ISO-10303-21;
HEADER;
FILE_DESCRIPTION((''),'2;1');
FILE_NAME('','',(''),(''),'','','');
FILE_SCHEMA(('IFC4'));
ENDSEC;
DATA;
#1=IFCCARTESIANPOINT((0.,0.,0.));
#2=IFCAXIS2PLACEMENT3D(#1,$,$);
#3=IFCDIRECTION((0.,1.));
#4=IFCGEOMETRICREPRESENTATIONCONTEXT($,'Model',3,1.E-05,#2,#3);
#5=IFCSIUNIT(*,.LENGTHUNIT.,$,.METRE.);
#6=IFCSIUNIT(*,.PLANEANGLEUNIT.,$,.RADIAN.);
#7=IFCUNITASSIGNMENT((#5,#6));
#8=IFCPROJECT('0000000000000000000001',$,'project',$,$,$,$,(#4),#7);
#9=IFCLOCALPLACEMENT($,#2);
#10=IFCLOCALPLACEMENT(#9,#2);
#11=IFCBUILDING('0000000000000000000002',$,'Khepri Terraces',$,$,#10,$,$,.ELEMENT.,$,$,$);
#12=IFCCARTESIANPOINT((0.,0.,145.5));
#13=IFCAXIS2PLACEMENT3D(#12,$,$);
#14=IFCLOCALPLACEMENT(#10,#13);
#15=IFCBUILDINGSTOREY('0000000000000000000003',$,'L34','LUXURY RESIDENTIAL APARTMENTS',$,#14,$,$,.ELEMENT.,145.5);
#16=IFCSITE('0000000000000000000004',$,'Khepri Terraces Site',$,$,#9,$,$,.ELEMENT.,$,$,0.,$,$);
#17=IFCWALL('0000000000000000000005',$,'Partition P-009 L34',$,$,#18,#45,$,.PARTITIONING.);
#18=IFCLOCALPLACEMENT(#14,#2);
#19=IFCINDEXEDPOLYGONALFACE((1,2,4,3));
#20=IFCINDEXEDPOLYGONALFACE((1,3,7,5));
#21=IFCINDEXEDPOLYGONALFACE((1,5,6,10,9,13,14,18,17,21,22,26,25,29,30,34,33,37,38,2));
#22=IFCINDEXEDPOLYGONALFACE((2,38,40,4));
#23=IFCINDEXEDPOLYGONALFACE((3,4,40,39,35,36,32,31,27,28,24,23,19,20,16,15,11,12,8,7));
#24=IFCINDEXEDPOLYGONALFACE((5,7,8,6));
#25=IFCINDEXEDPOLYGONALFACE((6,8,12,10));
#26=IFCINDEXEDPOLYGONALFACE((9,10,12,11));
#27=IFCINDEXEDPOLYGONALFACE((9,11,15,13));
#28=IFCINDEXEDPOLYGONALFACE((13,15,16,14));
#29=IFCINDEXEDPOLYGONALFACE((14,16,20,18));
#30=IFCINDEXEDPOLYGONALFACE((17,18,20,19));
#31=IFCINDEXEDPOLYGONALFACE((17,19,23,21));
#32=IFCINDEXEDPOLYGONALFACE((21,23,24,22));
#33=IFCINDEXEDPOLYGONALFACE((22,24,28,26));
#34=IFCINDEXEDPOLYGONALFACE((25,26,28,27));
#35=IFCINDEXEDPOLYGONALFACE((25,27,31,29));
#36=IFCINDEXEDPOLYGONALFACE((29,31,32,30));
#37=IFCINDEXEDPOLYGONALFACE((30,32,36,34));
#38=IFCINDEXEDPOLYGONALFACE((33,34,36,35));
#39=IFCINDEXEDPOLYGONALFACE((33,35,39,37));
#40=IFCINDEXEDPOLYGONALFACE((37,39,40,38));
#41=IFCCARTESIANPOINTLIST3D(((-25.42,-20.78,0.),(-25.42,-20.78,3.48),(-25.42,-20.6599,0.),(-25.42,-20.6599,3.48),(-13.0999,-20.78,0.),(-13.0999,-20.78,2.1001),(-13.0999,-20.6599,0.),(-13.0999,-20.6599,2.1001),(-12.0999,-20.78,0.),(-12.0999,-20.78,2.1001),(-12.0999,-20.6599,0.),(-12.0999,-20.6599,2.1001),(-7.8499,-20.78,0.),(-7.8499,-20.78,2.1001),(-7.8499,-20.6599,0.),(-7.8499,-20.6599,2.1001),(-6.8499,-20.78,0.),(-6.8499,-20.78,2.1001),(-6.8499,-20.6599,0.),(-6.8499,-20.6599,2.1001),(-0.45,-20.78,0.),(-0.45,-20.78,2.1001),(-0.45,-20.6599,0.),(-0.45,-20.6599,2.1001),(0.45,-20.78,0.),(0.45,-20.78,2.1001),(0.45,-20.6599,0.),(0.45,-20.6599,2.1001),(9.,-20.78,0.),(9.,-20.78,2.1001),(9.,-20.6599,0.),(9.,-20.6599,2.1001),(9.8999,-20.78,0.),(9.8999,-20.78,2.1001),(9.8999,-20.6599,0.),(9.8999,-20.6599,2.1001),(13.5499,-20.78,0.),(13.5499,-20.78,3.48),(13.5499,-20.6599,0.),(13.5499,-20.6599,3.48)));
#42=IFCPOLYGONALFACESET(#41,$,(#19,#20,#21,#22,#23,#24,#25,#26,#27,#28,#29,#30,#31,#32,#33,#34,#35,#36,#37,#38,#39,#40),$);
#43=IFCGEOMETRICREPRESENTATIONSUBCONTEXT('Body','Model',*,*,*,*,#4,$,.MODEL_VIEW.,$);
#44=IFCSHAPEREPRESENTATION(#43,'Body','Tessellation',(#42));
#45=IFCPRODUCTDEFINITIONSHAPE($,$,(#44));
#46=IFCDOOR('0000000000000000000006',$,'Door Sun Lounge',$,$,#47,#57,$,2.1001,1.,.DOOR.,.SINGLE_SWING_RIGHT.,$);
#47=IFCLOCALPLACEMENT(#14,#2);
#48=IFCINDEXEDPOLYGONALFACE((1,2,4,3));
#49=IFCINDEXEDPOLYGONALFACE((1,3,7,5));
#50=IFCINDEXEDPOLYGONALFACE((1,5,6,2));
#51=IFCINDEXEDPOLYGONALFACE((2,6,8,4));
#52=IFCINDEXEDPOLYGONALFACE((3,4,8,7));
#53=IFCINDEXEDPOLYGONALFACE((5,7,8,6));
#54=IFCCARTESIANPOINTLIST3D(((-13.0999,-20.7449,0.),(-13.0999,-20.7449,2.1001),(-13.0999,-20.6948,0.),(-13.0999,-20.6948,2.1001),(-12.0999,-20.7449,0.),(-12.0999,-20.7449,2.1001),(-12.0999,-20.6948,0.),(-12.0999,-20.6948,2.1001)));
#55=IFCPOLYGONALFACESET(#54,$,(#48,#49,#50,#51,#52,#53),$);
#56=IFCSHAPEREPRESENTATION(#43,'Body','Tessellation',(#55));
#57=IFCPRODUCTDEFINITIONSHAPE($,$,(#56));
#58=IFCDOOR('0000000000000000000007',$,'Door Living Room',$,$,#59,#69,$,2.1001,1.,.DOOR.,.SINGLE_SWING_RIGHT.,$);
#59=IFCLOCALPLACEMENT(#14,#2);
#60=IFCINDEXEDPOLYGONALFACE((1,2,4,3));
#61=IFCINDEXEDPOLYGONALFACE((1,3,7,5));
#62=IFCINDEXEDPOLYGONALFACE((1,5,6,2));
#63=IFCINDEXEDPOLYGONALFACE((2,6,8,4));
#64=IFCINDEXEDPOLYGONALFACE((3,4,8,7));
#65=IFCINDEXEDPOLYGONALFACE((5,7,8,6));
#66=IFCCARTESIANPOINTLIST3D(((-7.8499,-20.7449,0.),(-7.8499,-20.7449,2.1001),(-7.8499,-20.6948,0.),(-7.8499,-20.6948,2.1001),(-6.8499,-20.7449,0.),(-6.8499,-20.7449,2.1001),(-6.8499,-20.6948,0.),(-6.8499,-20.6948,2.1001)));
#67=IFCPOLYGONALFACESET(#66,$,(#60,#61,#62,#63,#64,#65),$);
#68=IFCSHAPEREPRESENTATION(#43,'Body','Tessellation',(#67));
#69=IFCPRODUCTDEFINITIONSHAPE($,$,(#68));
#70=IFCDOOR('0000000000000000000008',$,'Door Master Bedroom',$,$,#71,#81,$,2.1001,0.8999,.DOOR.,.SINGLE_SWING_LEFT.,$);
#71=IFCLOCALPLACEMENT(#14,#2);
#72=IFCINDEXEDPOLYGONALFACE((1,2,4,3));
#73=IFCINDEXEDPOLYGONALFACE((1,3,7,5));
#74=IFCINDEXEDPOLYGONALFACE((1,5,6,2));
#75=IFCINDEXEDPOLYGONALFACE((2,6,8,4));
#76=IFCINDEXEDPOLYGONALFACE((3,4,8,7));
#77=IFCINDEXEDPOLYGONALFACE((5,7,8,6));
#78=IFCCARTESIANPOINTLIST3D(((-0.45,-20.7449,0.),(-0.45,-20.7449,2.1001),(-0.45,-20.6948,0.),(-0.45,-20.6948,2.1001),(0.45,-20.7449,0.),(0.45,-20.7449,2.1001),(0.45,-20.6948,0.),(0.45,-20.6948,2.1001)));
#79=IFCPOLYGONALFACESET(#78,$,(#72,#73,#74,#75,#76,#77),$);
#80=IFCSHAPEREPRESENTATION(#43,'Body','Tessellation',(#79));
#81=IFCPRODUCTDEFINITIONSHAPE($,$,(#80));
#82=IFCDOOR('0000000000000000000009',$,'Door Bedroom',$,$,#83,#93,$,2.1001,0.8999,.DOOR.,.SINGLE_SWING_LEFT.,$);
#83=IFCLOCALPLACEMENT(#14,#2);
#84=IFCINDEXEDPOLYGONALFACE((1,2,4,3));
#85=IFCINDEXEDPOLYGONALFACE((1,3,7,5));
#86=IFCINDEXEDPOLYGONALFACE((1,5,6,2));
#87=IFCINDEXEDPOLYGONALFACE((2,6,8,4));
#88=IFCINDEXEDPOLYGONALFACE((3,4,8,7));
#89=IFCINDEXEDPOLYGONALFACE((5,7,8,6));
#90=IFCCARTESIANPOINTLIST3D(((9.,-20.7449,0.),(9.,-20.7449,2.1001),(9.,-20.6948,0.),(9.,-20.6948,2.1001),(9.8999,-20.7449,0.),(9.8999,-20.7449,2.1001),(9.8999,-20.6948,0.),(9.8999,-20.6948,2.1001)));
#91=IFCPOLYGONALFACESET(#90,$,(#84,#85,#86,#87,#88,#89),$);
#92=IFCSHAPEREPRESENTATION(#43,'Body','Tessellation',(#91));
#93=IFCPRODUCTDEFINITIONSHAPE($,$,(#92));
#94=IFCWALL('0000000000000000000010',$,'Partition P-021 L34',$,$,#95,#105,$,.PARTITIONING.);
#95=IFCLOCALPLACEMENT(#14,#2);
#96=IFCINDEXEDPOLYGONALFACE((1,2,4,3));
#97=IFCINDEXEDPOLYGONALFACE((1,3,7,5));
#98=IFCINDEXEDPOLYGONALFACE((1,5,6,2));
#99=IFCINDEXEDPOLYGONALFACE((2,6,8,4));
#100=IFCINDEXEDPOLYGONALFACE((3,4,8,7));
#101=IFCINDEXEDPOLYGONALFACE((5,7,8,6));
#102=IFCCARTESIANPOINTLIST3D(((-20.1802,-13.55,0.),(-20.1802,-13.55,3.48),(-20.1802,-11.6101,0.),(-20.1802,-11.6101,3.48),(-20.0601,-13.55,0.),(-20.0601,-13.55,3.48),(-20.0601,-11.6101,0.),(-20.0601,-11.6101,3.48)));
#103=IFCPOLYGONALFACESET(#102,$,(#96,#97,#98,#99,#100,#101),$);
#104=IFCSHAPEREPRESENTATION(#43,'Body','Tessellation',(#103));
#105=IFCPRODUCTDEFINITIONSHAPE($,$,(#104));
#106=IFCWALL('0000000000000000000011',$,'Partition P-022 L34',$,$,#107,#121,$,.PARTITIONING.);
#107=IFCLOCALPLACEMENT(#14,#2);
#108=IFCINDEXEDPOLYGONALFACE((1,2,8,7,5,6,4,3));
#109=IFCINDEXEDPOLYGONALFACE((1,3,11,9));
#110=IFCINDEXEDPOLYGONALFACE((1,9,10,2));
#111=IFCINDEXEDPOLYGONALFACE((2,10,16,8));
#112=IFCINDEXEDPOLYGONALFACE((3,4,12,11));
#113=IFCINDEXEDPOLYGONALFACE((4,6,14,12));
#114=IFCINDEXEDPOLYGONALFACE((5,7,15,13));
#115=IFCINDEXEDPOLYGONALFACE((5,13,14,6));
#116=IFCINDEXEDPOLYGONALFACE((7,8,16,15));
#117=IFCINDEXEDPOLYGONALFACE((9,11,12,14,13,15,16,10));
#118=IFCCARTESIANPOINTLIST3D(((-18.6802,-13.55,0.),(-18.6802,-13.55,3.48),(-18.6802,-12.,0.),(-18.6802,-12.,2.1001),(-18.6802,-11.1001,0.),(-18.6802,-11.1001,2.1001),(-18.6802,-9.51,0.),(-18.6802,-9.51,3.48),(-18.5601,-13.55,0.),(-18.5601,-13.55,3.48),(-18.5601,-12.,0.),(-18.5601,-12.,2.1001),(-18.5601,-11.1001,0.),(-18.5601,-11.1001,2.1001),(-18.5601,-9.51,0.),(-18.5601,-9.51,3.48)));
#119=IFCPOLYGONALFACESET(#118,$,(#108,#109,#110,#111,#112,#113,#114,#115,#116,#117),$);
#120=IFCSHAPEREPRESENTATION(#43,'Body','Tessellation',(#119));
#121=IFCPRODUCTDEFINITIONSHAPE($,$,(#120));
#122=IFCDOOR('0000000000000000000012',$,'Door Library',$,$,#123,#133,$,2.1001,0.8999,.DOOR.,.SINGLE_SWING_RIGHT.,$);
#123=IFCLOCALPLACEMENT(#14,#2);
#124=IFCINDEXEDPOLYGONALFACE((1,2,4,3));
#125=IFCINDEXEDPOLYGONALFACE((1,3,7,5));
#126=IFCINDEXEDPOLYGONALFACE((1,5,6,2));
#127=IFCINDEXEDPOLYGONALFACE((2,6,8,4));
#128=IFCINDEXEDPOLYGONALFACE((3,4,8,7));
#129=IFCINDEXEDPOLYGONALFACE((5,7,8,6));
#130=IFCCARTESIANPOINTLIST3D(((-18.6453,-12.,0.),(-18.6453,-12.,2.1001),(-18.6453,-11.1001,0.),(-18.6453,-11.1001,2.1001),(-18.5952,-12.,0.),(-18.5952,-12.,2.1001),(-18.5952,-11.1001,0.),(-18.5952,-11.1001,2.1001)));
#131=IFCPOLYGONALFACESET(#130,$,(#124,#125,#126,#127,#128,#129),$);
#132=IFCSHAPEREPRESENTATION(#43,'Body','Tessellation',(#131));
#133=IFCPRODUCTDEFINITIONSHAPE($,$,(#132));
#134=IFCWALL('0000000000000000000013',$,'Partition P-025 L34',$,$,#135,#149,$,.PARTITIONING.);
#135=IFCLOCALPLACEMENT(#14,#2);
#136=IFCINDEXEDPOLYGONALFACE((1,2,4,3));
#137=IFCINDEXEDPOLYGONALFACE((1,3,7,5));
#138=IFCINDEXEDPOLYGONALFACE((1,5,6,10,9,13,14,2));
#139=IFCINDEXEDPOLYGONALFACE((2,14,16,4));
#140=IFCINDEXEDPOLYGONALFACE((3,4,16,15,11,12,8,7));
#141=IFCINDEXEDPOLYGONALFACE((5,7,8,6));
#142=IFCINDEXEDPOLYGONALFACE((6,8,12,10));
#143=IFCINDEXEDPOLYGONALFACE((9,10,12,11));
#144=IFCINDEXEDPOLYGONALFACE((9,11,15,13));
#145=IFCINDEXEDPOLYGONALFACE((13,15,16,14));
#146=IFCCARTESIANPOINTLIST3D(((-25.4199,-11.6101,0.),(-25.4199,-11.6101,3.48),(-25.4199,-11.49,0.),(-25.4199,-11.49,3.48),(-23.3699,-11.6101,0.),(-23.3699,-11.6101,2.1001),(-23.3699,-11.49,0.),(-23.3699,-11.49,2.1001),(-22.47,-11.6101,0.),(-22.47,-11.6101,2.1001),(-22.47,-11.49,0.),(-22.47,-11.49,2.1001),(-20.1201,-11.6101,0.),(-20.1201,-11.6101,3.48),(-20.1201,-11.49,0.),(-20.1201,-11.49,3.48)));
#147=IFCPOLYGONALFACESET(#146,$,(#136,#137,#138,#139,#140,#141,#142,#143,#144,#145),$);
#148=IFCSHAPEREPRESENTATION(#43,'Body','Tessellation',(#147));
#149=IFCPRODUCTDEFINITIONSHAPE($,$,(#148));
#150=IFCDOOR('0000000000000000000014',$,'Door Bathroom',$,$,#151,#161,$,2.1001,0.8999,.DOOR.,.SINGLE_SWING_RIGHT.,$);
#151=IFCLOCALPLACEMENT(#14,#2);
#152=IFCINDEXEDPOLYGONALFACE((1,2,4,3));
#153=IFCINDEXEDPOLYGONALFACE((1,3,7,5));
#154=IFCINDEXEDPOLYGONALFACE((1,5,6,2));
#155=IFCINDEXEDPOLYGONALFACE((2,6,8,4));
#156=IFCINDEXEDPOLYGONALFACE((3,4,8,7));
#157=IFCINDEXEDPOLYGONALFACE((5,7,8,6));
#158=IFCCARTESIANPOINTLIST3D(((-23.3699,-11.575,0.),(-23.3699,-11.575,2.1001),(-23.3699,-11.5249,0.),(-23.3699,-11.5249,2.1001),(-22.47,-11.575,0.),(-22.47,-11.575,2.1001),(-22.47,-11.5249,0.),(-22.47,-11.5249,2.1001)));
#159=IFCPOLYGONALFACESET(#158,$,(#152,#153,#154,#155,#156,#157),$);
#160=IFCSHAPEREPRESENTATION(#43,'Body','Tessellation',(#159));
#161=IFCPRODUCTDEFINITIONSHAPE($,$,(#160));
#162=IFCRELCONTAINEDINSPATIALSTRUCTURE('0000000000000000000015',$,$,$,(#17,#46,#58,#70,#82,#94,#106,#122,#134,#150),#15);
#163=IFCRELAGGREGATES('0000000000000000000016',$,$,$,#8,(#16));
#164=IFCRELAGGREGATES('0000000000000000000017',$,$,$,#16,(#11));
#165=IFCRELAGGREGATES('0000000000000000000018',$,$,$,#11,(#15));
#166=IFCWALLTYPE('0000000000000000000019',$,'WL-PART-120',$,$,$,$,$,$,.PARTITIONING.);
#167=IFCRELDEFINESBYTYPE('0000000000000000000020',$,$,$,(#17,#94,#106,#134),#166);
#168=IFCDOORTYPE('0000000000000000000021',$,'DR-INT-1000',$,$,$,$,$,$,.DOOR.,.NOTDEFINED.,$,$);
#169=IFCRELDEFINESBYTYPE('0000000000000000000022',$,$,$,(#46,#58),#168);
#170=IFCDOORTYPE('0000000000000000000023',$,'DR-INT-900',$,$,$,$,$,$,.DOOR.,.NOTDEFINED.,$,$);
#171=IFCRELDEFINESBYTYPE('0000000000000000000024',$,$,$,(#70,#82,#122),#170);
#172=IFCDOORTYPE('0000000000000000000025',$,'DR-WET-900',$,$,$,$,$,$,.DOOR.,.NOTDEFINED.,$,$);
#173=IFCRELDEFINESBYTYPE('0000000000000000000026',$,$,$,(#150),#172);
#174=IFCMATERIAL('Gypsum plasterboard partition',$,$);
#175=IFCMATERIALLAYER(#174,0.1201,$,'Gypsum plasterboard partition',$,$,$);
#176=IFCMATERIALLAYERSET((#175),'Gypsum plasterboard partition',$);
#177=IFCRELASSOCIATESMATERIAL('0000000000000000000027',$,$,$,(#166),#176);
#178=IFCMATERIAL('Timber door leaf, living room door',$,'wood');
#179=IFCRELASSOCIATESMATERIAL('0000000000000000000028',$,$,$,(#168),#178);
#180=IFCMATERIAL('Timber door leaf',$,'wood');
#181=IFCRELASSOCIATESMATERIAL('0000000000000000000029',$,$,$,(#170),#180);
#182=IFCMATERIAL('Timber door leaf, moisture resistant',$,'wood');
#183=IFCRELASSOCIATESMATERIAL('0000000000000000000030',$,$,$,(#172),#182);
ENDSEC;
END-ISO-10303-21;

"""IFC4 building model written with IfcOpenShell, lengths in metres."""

from ifc_helpers import new_model, si_unit, direction, frame, frame_2d, origin, place, context, subcontext, project, spatial, rectangle, extrude, material, layer, layer_set, type_object, element, fill, save


model = new_model("IFC4")

# Units and contexts
model_context = context("Model", 3, precision=1e-05, world=origin(), true_north=direction((0.0, 1.0)))
body_context = subcontext(model_context, "Body", "Model", "MODEL_VIEW")
ifc_project = project(units=[si_unit("LENGTHUNIT", "METRE"), si_unit("PLANEANGLEUNIT", "RADIAN")], contexts=[model_context])

# Site, building, storey
site_placement = place(None, origin())
site = spatial("IfcSite", under=ifc_project, at=site_placement, Name="Khepri Terraces Site", CompositionType="ELEMENT", RefElevation=0.0)
building_placement = place(site_placement, origin())
building = spatial("IfcBuilding", under=site, at=building_placement, Name="Khepri Terraces", CompositionType="ELEMENT")
storey_placement = place(building_placement, frame((0.0, 0.0, 145.5)))
storey = spatial("IfcBuildingStorey", under=building, at=storey_placement, Name="L34", Description="LUXURY RESIDENTIAL APARTMENTS", CompositionType="ELEMENT", Elevation=145.5)

# Wall, openings, doors
ifc_material_1 = material(Name="Gypsum plasterboard partition")
ifc_layer_1 = layer(ifc_material_1, 0.1201, Name="Gypsum plasterboard partition")
ifc_layer_set_1 = layer_set([ifc_layer_1], Name="Gypsum plasterboard partition")
wall_type_1 = type_object("IfcWallType", Name="WL-PART-120", PredefinedType="PARTITIONING", material=ifc_layer_set_1)
wall_1_placement = place(storey_placement, frame((-25.4199, -20.72, 0.0), z_axis=(0.0, 0.0, 1.0), x_axis=(1.0, 0.0, 0.0)))
wall_1 = element("IfcWall", 1, at=wall_1_placement, inside=storey, type_object=wall_type_1, Name="Partition P-009 L34", PredefinedType="PARTITIONING", context=body_context, shape_type="SweptSolid", body=[
    extrude(rectangle(XDim=38.97, YDim=0.1201, at=frame_2d((19.4849, 0.0))), origin(), (0.0, 0.0, 1.0), 3.48),
])
opening_1_placement = place(wall_1_placement, frame((12.3201, 0.0, 0.0)))
opening_1 = element("IfcOpeningElement", 2, at=opening_1_placement, cuts=wall_1, PredefinedType="OPENING", context=body_context, shape_type="SweptSolid", body=[
    extrude(rectangle(XDim=1.0, YDim=2.1001, at=frame_2d((0.5, 1.05))), frame((0.0, 0.0701, 0.0), z_axis=(0.0, -1.0, 0.0), x_axis=(1.0, 0.0, 0.0)), (0.0, 0.0, 1.0), 0.1401),
])
opening_2_placement = place(wall_1_placement, frame((17.5701, 0.0, 0.0)))
opening_2 = element("IfcOpeningElement", 3, at=opening_2_placement, cuts=wall_1, PredefinedType="OPENING", context=body_context, shape_type="SweptSolid", body=[
    extrude(rectangle(XDim=1.0, YDim=2.1001, at=frame_2d((0.5, 1.05))), frame((0.0, 0.0701, 0.0), z_axis=(0.0, -1.0, 0.0), x_axis=(1.0, 0.0, 0.0)), (0.0, 0.0, 1.0), 0.1401),
])
opening_3_placement = place(wall_1_placement, frame((24.97, 0.0, 0.0)))
opening_3 = element("IfcOpeningElement", 4, at=opening_3_placement, cuts=wall_1, PredefinedType="OPENING", context=body_context, shape_type="SweptSolid", body=[
    extrude(rectangle(XDim=0.8999, YDim=2.1001, at=frame_2d((0.45, 1.05))), frame((0.0, 0.0701, 0.0), z_axis=(0.0, -1.0, 0.0), x_axis=(1.0, 0.0, 0.0)), (0.0, 0.0, 1.0), 0.1401),
])
opening_4_placement = place(wall_1_placement, frame((34.4199, 0.0, 0.0)))
opening_4 = element("IfcOpeningElement", 5, at=opening_4_placement, cuts=wall_1, PredefinedType="OPENING", context=body_context, shape_type="SweptSolid", body=[
    extrude(rectangle(XDim=0.8999, YDim=2.1001, at=frame_2d((0.45, 1.05))), frame((0.0, 0.0701, 0.0), z_axis=(0.0, -1.0, 0.0), x_axis=(1.0, 0.0, 0.0)), (0.0, 0.0, 1.0), 0.1401),
])
ifc_material_2 = material(Name="Timber door leaf, living room door", Category="wood")
door_type_1 = type_object("IfcDoorType", Name="DR-INT-1000", OperationType="NOTDEFINED", PredefinedType="DOOR", material=ifc_material_2)
door_1_placement = place(opening_1_placement, frame((1.0, 0.0, 0.0), z_axis=(0.0, 0.0, 1.0), x_axis=(-1.0, 0.0, 0.0)))
door_1 = element("IfcDoor", 6, at=door_1_placement, inside=storey, type_object=door_type_1, Name="Door Sun Lounge", OperationType="SINGLE_SWING_RIGHT", OverallHeight=2.1001, OverallWidth=1.0, PredefinedType="DOOR", context=body_context, shape_type="SweptSolid", body=[
    extrude(rectangle(XDim=1.0, YDim=2.1001, at=frame_2d((0.5, 1.05))), frame((0.0, 0.0249, 0.0), z_axis=(0.0, -1.0, 0.0), x_axis=(1.0, 0.0, 0.0)), (0.0, 0.0, 1.0), 0.05),
])
fill(opening_1, door_1)
door_2_placement = place(opening_2_placement, frame((1.0, 0.0, 0.0), z_axis=(0.0, 0.0, 1.0), x_axis=(-1.0, 0.0, 0.0)))
door_2 = element("IfcDoor", 7, at=door_2_placement, inside=storey, type_object=door_type_1, Name="Door Living Room", OperationType="SINGLE_SWING_RIGHT", OverallHeight=2.1001, OverallWidth=1.0, PredefinedType="DOOR", context=body_context, shape_type="SweptSolid", body=[
    extrude(rectangle(XDim=1.0, YDim=2.1001, at=frame_2d((0.5, 1.05))), frame((0.0, 0.0249, 0.0), z_axis=(0.0, -1.0, 0.0), x_axis=(1.0, 0.0, 0.0)), (0.0, 0.0, 1.0), 0.05),
])
fill(opening_2, door_2)
ifc_material_3 = material(Name="Timber door leaf", Category="wood")
door_type_2 = type_object("IfcDoorType", Name="DR-INT-900", OperationType="NOTDEFINED", PredefinedType="DOOR", material=ifc_material_3)
door_3_placement = place(opening_3_placement, frame((0.8999, 0.0, 0.0), z_axis=(0.0, 0.0, 1.0), x_axis=(-1.0, 0.0, 0.0)))
door_3 = element("IfcDoor", 8, at=door_3_placement, inside=storey, type_object=door_type_2, Name="Door Master Bedroom", OperationType="SINGLE_SWING_LEFT", OverallHeight=2.1001, OverallWidth=0.8999, PredefinedType="DOOR", context=body_context, shape_type="SweptSolid", body=[
    extrude(rectangle(XDim=0.8999, YDim=2.1001, at=frame_2d((0.45, 1.05))), frame((0.0, 0.0249, 0.0), z_axis=(0.0, -1.0, 0.0), x_axis=(1.0, 0.0, 0.0)), (0.0, 0.0, 1.0), 0.05),
])
fill(opening_3, door_3)
door_4_placement = place(opening_4_placement, frame((0.8999, 0.0, 0.0), z_axis=(0.0, 0.0, 1.0), x_axis=(-1.0, 0.0, 0.0)))
door_4 = element("IfcDoor", 9, at=door_4_placement, inside=storey, type_object=door_type_2, Name="Door Bedroom", OperationType="SINGLE_SWING_LEFT", OverallHeight=2.1001, OverallWidth=0.8999, PredefinedType="DOOR", context=body_context, shape_type="SweptSolid", body=[
    extrude(rectangle(XDim=0.8999, YDim=2.1001, at=frame_2d((0.45, 1.05))), frame((0.0, 0.0249, 0.0), z_axis=(0.0, -1.0, 0.0), x_axis=(1.0, 0.0, 0.0)), (0.0, 0.0, 1.0), 0.05),
])
fill(opening_4, door_4)

# Wall
wall_2_placement = place(storey_placement, frame((-20.1201, -13.55, 0.0), z_axis=(0.0, 0.0, 1.0), x_axis=(0.0, 1.0, 0.0)))
element("IfcWall", 10, at=wall_2_placement, inside=storey, type_object=wall_type_1, Name="Partition P-021 L34", PredefinedType="PARTITIONING", context=body_context, shape_type="SweptSolid", body=[
    extrude(rectangle(XDim=1.9399, YDim=0.1201, at=frame_2d((0.97, 0.0))), origin(), (0.0, 0.0, 1.0), 3.48),
])

# Walls, openings, doors
wall_3_placement = place(storey_placement, frame((-18.6201, -13.55, 0.0), z_axis=(0.0, 0.0, 1.0), x_axis=(0.0, 1.0, 0.0)))
wall_3 = element("IfcWall", 11, at=wall_3_placement, inside=storey, type_object=wall_type_1, Name="Partition P-022 L34", PredefinedType="PARTITIONING", context=body_context, shape_type="SweptSolid", body=[
    extrude(rectangle(XDim=4.04, YDim=0.1201, at=frame_2d((2.02, 0.0))), origin(), (0.0, 0.0, 1.0), 3.48),
])
opening_5_placement = place(wall_3_placement, frame((1.55, 0.0, 0.0)))
opening_5 = element("IfcOpeningElement", 12, at=opening_5_placement, cuts=wall_3, PredefinedType="OPENING", context=body_context, shape_type="SweptSolid", body=[
    extrude(rectangle(XDim=0.8999, YDim=2.1001, at=frame_2d((0.45, 1.05))), frame((0.0, 0.0701, 0.0), z_axis=(0.0, -1.0, 0.0), x_axis=(1.0, 0.0, 0.0)), (0.0, 0.0, 1.0), 0.1401),
])
door_5_placement = place(opening_5_placement, frame((0.8999, 0.0, 0.0), z_axis=(0.0, 0.0, 1.0), x_axis=(-1.0, 0.0, 0.0)))
door_5 = element("IfcDoor", 13, at=door_5_placement, inside=storey, type_object=door_type_2, Name="Door Library", OperationType="SINGLE_SWING_RIGHT", OverallHeight=2.1001, OverallWidth=0.8999, PredefinedType="DOOR", context=body_context, shape_type="SweptSolid", body=[
    extrude(rectangle(XDim=0.8999, YDim=2.1001, at=frame_2d((0.45, 1.05))), frame((0.0, 0.0249, 0.0), z_axis=(0.0, -1.0, 0.0), x_axis=(1.0, 0.0, 0.0)), (0.0, 0.0, 1.0), 0.05),
])
fill(opening_5, door_5)
wall_4_placement = place(storey_placement, frame((-25.4199, -11.55, 0.0), z_axis=(0.0, 0.0, 1.0), x_axis=(1.0, 0.0, 0.0)))
wall_4 = element("IfcWall", 14, at=wall_4_placement, inside=storey, type_object=wall_type_1, Name="Partition P-025 L34", PredefinedType="PARTITIONING", context=body_context, shape_type="SweptSolid", body=[
    extrude(rectangle(XDim=5.2998, YDim=0.1201, at=frame_2d((2.6499, 0.0))), origin(), (0.0, 0.0, 1.0), 3.48),
])
opening_6_placement = place(wall_4_placement, frame((2.05, 0.0, 0.0)))
opening_6 = element("IfcOpeningElement", 15, at=opening_6_placement, cuts=wall_4, PredefinedType="OPENING", context=body_context, shape_type="SweptSolid", body=[
    extrude(rectangle(XDim=0.8999, YDim=2.1001, at=frame_2d((0.45, 1.05))), frame((0.0, 0.0701, 0.0), z_axis=(0.0, -1.0, 0.0), x_axis=(1.0, 0.0, 0.0)), (0.0, 0.0, 1.0), 0.1401),
])
ifc_material_4 = material(Name="Timber door leaf, moisture resistant", Category="wood")
door_type_3 = type_object("IfcDoorType", Name="DR-WET-900", OperationType="NOTDEFINED", PredefinedType="DOOR", material=ifc_material_4)
door_6_placement = place(opening_6_placement, frame((0.8999, 0.0, 0.0), z_axis=(0.0, 0.0, 1.0), x_axis=(-1.0, 0.0, 0.0)))
door_6 = element("IfcDoor", 16, at=door_6_placement, inside=storey, type_object=door_type_3, Name="Door Bathroom", OperationType="SINGLE_SWING_RIGHT", OverallHeight=2.1001, OverallWidth=0.8999, PredefinedType="DOOR", context=body_context, shape_type="SweptSolid", body=[
    extrude(rectangle(XDim=0.8999, YDim=2.1001, at=frame_2d((0.45, 1.05))), frame((0.0, 0.0249, 0.0), z_axis=(0.0, -1.0, 0.0), x_axis=(1.0, 0.0, 0.0)), (0.0, 0.0, 1.0), 0.05),
])
fill(opening_6, door_6)

save(model, "model.ifc")
